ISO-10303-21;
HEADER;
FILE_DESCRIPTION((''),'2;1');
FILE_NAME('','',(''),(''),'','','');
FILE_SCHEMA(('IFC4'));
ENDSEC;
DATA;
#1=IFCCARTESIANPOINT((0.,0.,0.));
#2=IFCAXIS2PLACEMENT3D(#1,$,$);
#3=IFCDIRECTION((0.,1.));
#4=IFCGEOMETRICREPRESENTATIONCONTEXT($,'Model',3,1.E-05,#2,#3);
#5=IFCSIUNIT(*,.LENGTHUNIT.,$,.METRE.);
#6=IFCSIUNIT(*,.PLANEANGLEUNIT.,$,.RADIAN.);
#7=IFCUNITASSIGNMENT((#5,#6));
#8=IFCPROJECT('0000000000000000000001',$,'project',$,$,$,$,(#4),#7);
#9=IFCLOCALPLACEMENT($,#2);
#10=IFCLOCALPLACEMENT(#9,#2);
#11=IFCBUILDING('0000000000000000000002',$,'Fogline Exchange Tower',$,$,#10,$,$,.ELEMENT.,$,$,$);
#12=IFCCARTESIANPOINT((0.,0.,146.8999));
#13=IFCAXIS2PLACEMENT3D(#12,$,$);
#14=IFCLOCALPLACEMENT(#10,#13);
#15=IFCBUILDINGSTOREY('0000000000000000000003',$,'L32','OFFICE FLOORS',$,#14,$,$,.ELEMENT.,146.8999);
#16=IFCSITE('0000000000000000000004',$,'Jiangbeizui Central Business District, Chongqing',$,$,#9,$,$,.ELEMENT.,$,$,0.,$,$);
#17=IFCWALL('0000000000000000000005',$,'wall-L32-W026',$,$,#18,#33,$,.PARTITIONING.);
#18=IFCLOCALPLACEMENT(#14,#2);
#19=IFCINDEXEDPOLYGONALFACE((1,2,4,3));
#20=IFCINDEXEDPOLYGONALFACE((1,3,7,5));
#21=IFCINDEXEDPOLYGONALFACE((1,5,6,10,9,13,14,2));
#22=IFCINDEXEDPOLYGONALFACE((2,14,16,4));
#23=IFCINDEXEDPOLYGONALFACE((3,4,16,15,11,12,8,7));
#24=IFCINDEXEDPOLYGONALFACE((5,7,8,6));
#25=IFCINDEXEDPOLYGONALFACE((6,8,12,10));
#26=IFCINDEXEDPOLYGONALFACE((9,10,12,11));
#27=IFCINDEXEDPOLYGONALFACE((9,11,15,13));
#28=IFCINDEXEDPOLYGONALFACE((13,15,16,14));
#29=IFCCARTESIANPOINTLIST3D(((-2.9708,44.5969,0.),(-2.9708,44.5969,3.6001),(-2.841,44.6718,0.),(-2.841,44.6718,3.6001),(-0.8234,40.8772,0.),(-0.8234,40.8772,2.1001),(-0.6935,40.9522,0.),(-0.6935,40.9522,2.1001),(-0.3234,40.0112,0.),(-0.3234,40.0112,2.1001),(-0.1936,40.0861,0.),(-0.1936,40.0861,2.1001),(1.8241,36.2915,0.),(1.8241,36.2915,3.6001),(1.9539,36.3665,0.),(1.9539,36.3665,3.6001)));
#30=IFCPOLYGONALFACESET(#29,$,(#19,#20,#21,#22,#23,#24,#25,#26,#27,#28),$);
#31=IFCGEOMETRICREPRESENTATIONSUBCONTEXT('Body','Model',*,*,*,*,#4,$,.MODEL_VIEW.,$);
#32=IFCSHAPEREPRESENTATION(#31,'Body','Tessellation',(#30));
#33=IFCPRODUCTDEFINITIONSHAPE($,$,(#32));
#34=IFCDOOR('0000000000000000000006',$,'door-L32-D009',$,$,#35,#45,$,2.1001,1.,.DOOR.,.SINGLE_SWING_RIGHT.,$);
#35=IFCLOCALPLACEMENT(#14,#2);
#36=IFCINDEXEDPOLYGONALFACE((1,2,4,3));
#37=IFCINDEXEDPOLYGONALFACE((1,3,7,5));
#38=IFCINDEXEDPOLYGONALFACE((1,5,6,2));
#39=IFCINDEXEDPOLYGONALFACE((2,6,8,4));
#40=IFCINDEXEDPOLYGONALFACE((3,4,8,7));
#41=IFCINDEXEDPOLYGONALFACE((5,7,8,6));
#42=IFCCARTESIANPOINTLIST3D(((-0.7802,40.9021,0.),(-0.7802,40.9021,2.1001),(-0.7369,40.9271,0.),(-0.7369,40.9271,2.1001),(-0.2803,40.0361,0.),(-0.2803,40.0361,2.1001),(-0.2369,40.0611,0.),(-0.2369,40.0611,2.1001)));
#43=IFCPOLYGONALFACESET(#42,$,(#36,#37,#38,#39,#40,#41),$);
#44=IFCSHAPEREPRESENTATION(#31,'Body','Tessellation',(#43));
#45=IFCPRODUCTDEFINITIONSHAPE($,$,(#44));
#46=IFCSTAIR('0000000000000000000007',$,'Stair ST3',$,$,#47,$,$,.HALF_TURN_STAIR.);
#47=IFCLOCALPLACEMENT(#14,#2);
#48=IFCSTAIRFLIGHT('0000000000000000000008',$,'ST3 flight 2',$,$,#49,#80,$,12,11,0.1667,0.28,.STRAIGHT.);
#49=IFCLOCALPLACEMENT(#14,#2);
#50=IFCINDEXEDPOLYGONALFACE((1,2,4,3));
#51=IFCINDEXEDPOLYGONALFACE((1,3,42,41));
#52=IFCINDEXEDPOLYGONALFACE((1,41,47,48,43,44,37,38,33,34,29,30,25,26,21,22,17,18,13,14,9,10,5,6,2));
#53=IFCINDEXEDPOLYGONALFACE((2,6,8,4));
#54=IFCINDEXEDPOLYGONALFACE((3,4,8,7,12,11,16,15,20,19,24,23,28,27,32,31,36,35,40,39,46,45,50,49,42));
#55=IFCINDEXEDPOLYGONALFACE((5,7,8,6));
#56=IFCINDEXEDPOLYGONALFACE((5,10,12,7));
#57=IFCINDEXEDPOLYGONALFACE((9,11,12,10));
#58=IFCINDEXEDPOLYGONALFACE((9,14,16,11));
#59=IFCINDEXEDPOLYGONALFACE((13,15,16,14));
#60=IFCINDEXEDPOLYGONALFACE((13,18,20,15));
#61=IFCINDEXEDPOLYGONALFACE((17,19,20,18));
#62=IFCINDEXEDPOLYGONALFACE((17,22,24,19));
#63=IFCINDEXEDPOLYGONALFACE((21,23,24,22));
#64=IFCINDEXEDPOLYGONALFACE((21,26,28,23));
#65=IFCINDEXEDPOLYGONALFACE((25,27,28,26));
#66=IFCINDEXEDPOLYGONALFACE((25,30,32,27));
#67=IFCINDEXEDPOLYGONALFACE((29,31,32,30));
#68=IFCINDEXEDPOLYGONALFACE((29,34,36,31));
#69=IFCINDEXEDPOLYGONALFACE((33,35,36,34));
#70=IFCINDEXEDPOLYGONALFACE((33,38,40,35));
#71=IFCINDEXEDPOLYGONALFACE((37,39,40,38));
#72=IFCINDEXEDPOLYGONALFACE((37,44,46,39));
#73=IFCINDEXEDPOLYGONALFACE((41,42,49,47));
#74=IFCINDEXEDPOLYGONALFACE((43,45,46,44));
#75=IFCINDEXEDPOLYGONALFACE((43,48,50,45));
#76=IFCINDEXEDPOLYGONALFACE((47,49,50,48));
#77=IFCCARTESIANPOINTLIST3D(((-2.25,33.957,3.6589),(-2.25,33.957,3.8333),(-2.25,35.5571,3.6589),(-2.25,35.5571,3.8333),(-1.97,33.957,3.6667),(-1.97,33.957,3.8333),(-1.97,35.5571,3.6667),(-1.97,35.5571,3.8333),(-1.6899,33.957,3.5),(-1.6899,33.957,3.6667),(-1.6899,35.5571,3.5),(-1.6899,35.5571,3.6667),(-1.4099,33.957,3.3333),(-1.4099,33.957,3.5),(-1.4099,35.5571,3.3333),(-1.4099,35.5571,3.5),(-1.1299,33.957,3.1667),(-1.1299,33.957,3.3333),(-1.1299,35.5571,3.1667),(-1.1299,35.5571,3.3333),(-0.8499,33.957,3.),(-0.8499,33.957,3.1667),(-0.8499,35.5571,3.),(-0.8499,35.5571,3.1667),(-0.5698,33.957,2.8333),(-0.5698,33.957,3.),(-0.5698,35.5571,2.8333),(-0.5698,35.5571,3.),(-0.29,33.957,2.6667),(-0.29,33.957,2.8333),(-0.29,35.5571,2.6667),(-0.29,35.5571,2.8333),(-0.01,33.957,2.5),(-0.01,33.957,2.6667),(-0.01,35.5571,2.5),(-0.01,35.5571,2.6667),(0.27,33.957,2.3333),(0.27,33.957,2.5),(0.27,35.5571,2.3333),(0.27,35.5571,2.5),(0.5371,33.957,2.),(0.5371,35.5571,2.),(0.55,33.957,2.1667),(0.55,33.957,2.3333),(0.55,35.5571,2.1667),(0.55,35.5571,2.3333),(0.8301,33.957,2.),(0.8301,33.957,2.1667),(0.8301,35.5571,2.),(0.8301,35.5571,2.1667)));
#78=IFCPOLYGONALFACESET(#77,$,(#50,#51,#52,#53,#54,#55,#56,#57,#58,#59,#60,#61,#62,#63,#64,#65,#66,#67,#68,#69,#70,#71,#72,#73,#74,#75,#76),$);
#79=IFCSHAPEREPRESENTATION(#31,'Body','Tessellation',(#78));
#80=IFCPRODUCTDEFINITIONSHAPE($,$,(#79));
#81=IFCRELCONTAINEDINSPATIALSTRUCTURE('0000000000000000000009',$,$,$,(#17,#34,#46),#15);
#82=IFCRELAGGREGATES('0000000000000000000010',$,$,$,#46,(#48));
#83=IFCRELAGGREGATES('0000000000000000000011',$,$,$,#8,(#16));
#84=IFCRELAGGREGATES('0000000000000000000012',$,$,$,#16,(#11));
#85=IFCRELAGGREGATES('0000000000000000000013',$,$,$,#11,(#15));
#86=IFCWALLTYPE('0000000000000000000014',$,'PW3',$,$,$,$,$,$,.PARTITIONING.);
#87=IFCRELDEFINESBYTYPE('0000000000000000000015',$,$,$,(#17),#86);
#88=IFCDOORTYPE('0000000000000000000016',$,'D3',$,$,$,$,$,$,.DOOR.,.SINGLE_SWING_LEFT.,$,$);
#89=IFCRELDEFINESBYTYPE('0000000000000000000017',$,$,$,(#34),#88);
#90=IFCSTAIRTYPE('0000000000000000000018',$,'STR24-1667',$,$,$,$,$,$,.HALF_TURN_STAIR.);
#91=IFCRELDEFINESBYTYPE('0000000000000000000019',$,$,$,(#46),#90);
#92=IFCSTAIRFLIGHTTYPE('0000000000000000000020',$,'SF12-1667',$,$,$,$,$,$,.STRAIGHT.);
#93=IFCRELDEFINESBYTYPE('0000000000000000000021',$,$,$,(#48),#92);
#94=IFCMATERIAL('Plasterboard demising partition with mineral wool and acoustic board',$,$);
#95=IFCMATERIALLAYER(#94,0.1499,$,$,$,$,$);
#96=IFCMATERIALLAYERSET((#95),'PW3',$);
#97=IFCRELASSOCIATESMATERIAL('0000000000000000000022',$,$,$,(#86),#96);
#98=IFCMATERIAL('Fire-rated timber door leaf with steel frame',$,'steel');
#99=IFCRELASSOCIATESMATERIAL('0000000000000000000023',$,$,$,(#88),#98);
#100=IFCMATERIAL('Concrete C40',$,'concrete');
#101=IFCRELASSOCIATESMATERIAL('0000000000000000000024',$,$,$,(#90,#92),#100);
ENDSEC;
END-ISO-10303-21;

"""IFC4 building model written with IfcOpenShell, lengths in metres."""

from ifc_helpers import new_model, si_unit, direction, frame, frame_2d, origin, place, context, subcontext, project, spatial, polyline, rectangle, outline, extrude, material, layer, layer_set, type_object, element, fill, aggregate, save


model = new_model("IFC4")

# Units and contexts
model_context = context("Model", 3, precision=1e-05, world=origin(), true_north=direction((0.0, 1.0)))
body_context = subcontext(model_context, "Body", "Model", "MODEL_VIEW")
ifc_project = project(units=[si_unit("LENGTHUNIT", "METRE"), si_unit("PLANEANGLEUNIT", "RADIAN")], contexts=[model_context])

# Site, building, storey
site_placement = place(None, origin())
site = spatial("IfcSite", under=ifc_project, at=site_placement, Name="Jiangbeizui Central Business District, Chongqing", CompositionType="ELEMENT", RefElevation=0.0)
building_placement = place(site_placement, origin())
building = spatial("IfcBuilding", under=site, at=building_placement, Name="Fogline Exchange Tower", CompositionType="ELEMENT")
storey_placement = place(building_placement, frame((0.0, 0.0, 146.8999)))
storey = spatial("IfcBuildingStorey", under=building, at=storey_placement, Name="L32", Description="OFFICE FLOORS", CompositionType="ELEMENT", Elevation=146.8999)

# Shared definitions
ifc_material_1 = material(Name="Concrete C40", Category="concrete")

# Shared definitions
ifc_material_2 = material(Name="Plasterboard demising partition with mineral wool and acoustic board")
ifc_layer_1 = layer(ifc_material_2, 0.1499)
ifc_layer_set_1 = layer_set([ifc_layer_1], Name="PW3")
wall_type_1 = type_object("IfcWallType", Name="PW3", PredefinedType="PARTITIONING", material=ifc_layer_set_1)

# Shared definitions
ifc_material_3 = material(Name="Fire-rated timber door leaf with steel frame", Category="steel")
door_type_1 = type_object("IfcDoorType", Name="D3", OperationType="SINGLE_SWING_LEFT", PredefinedType="DOOR", material=ifc_material_3)

# Wall, opening, door
wall_1_placement = place(storey_placement, frame((1.8889, 36.3291, 0.0), z_axis=(0.0, 0.0, 1.0), x_axis=(-0.499983, 0.866035, 0.0)))
wall_1 = element("IfcWall", 1, at=wall_1_placement, inside=storey, type_object=wall_type_1, Name="wall-L32-W026", PredefinedType="PARTITIONING", context=body_context, shape_type="SweptSolid", body=[
    extrude(rectangle(XDim=9.5901, YDim=0.1499, at=frame_2d((4.7949, 0.0))), origin(), (0.0, 0.0, 1.0), 3.6001),
])
opening_1_placement = place(wall_1_placement, frame((4.2949, 0.0, 0.0)))
opening_1 = element("IfcOpeningElement", 2, at=opening_1_placement, cuts=wall_1, PredefinedType="OPENING", context=body_context, shape_type="SweptSolid", body=[
    extrude(rectangle(XDim=1.0, YDim=2.1001, at=frame_2d((0.5, 1.05))), frame((0.0, 0.085, 0.0), z_axis=(0.0, -1.0, 0.0), x_axis=(1.0, 0.0, 0.0)), (0.0, 0.0, 1.0), 0.1699),
])
door_1_placement = place(opening_1_placement, frame((1.0, 0.0, 0.0), z_axis=(0.0, 0.0, 1.0), x_axis=(-1.0, 0.0, 0.0)))
door_1 = element("IfcDoor", 3, at=door_1_placement, inside=storey, type_object=door_type_1, Name="door-L32-D009", OperationType="SINGLE_SWING_RIGHT", OverallHeight=2.1001, OverallWidth=1.0, PredefinedType="DOOR", context=body_context, shape_type="SweptSolid", body=[
    extrude(rectangle(XDim=1.0, YDim=2.1001, at=frame_2d((0.5, 1.05))), frame((0.0, 0.0249, 0.0), z_axis=(0.0, -1.0, 0.0), x_axis=(1.0, 0.0, 0.0)), (0.0, 0.0, 1.0), 0.05),
])
fill(opening_1, door_1)

# Stair, stair flight
stair_type = type_object("IfcStairType", Name="STR24-1667", PredefinedType="HALF_TURN_STAIR", material=ifc_material_1)
stair_placement = place(storey_placement, origin())
stair = element("IfcStair", 4, at=stair_placement, inside=storey, type_object=stair_type, Name="Stair ST3", PredefinedType="HALF_TURN_STAIR")
stair_flight_type = type_object("IfcStairFlightType", Name="SF12-1667", PredefinedType="STRAIGHT", material=ifc_material_1)
stair_flight_placement = place(storey_placement, frame((0.8301, 34.7571, 2.0), z_axis=(0.0, 0.0, 1.0), x_axis=(-1.0, 0.0, 0.0)))
stair_flight = element("IfcStairFlight", 5, at=stair_flight_placement, type_object=stair_flight_type, Name="ST3 flight 2", NumberOfRisers=12, NumberOfTreads=11, PredefinedType="STRAIGHT", RiserHeight=0.1667, TreadLength=0.28, context=body_context, shape_type="SweptSolid", body=[
    extrude(outline(polyline([(0.0, 0.0), (0.0, 0.1667), (0.28, 0.1667), (0.28, 0.3333), (0.5601, 0.3333), (0.5601, 0.5), (0.8401, 0.5), (0.8401, 0.6667), (1.1201, 0.6667), (1.1201, 0.8333), (1.3999, 0.8333), (1.3999, 1.0), (1.6799, 1.0), (1.6799, 1.1667), (1.96, 1.1667), (1.96, 1.3333), (2.24, 1.3333), (2.24, 1.5), (2.52, 1.5), (2.52, 1.6667), (2.8, 1.6667), (2.8, 1.8333), (3.0801, 1.8333), (3.0801, 2.0), (3.0801, 1.6589), (0.293, 0.0), (0.0, 0.0)])), frame((0.0, 0.8, 0.0), z_axis=(0.0, -1.0, 0.0), x_axis=(1.0, 0.0, 0.0)), (0.0, 0.0, 1.0), 1.6001),
])
aggregate(stair, [stair_flight])

save(model, "model.ifc")
